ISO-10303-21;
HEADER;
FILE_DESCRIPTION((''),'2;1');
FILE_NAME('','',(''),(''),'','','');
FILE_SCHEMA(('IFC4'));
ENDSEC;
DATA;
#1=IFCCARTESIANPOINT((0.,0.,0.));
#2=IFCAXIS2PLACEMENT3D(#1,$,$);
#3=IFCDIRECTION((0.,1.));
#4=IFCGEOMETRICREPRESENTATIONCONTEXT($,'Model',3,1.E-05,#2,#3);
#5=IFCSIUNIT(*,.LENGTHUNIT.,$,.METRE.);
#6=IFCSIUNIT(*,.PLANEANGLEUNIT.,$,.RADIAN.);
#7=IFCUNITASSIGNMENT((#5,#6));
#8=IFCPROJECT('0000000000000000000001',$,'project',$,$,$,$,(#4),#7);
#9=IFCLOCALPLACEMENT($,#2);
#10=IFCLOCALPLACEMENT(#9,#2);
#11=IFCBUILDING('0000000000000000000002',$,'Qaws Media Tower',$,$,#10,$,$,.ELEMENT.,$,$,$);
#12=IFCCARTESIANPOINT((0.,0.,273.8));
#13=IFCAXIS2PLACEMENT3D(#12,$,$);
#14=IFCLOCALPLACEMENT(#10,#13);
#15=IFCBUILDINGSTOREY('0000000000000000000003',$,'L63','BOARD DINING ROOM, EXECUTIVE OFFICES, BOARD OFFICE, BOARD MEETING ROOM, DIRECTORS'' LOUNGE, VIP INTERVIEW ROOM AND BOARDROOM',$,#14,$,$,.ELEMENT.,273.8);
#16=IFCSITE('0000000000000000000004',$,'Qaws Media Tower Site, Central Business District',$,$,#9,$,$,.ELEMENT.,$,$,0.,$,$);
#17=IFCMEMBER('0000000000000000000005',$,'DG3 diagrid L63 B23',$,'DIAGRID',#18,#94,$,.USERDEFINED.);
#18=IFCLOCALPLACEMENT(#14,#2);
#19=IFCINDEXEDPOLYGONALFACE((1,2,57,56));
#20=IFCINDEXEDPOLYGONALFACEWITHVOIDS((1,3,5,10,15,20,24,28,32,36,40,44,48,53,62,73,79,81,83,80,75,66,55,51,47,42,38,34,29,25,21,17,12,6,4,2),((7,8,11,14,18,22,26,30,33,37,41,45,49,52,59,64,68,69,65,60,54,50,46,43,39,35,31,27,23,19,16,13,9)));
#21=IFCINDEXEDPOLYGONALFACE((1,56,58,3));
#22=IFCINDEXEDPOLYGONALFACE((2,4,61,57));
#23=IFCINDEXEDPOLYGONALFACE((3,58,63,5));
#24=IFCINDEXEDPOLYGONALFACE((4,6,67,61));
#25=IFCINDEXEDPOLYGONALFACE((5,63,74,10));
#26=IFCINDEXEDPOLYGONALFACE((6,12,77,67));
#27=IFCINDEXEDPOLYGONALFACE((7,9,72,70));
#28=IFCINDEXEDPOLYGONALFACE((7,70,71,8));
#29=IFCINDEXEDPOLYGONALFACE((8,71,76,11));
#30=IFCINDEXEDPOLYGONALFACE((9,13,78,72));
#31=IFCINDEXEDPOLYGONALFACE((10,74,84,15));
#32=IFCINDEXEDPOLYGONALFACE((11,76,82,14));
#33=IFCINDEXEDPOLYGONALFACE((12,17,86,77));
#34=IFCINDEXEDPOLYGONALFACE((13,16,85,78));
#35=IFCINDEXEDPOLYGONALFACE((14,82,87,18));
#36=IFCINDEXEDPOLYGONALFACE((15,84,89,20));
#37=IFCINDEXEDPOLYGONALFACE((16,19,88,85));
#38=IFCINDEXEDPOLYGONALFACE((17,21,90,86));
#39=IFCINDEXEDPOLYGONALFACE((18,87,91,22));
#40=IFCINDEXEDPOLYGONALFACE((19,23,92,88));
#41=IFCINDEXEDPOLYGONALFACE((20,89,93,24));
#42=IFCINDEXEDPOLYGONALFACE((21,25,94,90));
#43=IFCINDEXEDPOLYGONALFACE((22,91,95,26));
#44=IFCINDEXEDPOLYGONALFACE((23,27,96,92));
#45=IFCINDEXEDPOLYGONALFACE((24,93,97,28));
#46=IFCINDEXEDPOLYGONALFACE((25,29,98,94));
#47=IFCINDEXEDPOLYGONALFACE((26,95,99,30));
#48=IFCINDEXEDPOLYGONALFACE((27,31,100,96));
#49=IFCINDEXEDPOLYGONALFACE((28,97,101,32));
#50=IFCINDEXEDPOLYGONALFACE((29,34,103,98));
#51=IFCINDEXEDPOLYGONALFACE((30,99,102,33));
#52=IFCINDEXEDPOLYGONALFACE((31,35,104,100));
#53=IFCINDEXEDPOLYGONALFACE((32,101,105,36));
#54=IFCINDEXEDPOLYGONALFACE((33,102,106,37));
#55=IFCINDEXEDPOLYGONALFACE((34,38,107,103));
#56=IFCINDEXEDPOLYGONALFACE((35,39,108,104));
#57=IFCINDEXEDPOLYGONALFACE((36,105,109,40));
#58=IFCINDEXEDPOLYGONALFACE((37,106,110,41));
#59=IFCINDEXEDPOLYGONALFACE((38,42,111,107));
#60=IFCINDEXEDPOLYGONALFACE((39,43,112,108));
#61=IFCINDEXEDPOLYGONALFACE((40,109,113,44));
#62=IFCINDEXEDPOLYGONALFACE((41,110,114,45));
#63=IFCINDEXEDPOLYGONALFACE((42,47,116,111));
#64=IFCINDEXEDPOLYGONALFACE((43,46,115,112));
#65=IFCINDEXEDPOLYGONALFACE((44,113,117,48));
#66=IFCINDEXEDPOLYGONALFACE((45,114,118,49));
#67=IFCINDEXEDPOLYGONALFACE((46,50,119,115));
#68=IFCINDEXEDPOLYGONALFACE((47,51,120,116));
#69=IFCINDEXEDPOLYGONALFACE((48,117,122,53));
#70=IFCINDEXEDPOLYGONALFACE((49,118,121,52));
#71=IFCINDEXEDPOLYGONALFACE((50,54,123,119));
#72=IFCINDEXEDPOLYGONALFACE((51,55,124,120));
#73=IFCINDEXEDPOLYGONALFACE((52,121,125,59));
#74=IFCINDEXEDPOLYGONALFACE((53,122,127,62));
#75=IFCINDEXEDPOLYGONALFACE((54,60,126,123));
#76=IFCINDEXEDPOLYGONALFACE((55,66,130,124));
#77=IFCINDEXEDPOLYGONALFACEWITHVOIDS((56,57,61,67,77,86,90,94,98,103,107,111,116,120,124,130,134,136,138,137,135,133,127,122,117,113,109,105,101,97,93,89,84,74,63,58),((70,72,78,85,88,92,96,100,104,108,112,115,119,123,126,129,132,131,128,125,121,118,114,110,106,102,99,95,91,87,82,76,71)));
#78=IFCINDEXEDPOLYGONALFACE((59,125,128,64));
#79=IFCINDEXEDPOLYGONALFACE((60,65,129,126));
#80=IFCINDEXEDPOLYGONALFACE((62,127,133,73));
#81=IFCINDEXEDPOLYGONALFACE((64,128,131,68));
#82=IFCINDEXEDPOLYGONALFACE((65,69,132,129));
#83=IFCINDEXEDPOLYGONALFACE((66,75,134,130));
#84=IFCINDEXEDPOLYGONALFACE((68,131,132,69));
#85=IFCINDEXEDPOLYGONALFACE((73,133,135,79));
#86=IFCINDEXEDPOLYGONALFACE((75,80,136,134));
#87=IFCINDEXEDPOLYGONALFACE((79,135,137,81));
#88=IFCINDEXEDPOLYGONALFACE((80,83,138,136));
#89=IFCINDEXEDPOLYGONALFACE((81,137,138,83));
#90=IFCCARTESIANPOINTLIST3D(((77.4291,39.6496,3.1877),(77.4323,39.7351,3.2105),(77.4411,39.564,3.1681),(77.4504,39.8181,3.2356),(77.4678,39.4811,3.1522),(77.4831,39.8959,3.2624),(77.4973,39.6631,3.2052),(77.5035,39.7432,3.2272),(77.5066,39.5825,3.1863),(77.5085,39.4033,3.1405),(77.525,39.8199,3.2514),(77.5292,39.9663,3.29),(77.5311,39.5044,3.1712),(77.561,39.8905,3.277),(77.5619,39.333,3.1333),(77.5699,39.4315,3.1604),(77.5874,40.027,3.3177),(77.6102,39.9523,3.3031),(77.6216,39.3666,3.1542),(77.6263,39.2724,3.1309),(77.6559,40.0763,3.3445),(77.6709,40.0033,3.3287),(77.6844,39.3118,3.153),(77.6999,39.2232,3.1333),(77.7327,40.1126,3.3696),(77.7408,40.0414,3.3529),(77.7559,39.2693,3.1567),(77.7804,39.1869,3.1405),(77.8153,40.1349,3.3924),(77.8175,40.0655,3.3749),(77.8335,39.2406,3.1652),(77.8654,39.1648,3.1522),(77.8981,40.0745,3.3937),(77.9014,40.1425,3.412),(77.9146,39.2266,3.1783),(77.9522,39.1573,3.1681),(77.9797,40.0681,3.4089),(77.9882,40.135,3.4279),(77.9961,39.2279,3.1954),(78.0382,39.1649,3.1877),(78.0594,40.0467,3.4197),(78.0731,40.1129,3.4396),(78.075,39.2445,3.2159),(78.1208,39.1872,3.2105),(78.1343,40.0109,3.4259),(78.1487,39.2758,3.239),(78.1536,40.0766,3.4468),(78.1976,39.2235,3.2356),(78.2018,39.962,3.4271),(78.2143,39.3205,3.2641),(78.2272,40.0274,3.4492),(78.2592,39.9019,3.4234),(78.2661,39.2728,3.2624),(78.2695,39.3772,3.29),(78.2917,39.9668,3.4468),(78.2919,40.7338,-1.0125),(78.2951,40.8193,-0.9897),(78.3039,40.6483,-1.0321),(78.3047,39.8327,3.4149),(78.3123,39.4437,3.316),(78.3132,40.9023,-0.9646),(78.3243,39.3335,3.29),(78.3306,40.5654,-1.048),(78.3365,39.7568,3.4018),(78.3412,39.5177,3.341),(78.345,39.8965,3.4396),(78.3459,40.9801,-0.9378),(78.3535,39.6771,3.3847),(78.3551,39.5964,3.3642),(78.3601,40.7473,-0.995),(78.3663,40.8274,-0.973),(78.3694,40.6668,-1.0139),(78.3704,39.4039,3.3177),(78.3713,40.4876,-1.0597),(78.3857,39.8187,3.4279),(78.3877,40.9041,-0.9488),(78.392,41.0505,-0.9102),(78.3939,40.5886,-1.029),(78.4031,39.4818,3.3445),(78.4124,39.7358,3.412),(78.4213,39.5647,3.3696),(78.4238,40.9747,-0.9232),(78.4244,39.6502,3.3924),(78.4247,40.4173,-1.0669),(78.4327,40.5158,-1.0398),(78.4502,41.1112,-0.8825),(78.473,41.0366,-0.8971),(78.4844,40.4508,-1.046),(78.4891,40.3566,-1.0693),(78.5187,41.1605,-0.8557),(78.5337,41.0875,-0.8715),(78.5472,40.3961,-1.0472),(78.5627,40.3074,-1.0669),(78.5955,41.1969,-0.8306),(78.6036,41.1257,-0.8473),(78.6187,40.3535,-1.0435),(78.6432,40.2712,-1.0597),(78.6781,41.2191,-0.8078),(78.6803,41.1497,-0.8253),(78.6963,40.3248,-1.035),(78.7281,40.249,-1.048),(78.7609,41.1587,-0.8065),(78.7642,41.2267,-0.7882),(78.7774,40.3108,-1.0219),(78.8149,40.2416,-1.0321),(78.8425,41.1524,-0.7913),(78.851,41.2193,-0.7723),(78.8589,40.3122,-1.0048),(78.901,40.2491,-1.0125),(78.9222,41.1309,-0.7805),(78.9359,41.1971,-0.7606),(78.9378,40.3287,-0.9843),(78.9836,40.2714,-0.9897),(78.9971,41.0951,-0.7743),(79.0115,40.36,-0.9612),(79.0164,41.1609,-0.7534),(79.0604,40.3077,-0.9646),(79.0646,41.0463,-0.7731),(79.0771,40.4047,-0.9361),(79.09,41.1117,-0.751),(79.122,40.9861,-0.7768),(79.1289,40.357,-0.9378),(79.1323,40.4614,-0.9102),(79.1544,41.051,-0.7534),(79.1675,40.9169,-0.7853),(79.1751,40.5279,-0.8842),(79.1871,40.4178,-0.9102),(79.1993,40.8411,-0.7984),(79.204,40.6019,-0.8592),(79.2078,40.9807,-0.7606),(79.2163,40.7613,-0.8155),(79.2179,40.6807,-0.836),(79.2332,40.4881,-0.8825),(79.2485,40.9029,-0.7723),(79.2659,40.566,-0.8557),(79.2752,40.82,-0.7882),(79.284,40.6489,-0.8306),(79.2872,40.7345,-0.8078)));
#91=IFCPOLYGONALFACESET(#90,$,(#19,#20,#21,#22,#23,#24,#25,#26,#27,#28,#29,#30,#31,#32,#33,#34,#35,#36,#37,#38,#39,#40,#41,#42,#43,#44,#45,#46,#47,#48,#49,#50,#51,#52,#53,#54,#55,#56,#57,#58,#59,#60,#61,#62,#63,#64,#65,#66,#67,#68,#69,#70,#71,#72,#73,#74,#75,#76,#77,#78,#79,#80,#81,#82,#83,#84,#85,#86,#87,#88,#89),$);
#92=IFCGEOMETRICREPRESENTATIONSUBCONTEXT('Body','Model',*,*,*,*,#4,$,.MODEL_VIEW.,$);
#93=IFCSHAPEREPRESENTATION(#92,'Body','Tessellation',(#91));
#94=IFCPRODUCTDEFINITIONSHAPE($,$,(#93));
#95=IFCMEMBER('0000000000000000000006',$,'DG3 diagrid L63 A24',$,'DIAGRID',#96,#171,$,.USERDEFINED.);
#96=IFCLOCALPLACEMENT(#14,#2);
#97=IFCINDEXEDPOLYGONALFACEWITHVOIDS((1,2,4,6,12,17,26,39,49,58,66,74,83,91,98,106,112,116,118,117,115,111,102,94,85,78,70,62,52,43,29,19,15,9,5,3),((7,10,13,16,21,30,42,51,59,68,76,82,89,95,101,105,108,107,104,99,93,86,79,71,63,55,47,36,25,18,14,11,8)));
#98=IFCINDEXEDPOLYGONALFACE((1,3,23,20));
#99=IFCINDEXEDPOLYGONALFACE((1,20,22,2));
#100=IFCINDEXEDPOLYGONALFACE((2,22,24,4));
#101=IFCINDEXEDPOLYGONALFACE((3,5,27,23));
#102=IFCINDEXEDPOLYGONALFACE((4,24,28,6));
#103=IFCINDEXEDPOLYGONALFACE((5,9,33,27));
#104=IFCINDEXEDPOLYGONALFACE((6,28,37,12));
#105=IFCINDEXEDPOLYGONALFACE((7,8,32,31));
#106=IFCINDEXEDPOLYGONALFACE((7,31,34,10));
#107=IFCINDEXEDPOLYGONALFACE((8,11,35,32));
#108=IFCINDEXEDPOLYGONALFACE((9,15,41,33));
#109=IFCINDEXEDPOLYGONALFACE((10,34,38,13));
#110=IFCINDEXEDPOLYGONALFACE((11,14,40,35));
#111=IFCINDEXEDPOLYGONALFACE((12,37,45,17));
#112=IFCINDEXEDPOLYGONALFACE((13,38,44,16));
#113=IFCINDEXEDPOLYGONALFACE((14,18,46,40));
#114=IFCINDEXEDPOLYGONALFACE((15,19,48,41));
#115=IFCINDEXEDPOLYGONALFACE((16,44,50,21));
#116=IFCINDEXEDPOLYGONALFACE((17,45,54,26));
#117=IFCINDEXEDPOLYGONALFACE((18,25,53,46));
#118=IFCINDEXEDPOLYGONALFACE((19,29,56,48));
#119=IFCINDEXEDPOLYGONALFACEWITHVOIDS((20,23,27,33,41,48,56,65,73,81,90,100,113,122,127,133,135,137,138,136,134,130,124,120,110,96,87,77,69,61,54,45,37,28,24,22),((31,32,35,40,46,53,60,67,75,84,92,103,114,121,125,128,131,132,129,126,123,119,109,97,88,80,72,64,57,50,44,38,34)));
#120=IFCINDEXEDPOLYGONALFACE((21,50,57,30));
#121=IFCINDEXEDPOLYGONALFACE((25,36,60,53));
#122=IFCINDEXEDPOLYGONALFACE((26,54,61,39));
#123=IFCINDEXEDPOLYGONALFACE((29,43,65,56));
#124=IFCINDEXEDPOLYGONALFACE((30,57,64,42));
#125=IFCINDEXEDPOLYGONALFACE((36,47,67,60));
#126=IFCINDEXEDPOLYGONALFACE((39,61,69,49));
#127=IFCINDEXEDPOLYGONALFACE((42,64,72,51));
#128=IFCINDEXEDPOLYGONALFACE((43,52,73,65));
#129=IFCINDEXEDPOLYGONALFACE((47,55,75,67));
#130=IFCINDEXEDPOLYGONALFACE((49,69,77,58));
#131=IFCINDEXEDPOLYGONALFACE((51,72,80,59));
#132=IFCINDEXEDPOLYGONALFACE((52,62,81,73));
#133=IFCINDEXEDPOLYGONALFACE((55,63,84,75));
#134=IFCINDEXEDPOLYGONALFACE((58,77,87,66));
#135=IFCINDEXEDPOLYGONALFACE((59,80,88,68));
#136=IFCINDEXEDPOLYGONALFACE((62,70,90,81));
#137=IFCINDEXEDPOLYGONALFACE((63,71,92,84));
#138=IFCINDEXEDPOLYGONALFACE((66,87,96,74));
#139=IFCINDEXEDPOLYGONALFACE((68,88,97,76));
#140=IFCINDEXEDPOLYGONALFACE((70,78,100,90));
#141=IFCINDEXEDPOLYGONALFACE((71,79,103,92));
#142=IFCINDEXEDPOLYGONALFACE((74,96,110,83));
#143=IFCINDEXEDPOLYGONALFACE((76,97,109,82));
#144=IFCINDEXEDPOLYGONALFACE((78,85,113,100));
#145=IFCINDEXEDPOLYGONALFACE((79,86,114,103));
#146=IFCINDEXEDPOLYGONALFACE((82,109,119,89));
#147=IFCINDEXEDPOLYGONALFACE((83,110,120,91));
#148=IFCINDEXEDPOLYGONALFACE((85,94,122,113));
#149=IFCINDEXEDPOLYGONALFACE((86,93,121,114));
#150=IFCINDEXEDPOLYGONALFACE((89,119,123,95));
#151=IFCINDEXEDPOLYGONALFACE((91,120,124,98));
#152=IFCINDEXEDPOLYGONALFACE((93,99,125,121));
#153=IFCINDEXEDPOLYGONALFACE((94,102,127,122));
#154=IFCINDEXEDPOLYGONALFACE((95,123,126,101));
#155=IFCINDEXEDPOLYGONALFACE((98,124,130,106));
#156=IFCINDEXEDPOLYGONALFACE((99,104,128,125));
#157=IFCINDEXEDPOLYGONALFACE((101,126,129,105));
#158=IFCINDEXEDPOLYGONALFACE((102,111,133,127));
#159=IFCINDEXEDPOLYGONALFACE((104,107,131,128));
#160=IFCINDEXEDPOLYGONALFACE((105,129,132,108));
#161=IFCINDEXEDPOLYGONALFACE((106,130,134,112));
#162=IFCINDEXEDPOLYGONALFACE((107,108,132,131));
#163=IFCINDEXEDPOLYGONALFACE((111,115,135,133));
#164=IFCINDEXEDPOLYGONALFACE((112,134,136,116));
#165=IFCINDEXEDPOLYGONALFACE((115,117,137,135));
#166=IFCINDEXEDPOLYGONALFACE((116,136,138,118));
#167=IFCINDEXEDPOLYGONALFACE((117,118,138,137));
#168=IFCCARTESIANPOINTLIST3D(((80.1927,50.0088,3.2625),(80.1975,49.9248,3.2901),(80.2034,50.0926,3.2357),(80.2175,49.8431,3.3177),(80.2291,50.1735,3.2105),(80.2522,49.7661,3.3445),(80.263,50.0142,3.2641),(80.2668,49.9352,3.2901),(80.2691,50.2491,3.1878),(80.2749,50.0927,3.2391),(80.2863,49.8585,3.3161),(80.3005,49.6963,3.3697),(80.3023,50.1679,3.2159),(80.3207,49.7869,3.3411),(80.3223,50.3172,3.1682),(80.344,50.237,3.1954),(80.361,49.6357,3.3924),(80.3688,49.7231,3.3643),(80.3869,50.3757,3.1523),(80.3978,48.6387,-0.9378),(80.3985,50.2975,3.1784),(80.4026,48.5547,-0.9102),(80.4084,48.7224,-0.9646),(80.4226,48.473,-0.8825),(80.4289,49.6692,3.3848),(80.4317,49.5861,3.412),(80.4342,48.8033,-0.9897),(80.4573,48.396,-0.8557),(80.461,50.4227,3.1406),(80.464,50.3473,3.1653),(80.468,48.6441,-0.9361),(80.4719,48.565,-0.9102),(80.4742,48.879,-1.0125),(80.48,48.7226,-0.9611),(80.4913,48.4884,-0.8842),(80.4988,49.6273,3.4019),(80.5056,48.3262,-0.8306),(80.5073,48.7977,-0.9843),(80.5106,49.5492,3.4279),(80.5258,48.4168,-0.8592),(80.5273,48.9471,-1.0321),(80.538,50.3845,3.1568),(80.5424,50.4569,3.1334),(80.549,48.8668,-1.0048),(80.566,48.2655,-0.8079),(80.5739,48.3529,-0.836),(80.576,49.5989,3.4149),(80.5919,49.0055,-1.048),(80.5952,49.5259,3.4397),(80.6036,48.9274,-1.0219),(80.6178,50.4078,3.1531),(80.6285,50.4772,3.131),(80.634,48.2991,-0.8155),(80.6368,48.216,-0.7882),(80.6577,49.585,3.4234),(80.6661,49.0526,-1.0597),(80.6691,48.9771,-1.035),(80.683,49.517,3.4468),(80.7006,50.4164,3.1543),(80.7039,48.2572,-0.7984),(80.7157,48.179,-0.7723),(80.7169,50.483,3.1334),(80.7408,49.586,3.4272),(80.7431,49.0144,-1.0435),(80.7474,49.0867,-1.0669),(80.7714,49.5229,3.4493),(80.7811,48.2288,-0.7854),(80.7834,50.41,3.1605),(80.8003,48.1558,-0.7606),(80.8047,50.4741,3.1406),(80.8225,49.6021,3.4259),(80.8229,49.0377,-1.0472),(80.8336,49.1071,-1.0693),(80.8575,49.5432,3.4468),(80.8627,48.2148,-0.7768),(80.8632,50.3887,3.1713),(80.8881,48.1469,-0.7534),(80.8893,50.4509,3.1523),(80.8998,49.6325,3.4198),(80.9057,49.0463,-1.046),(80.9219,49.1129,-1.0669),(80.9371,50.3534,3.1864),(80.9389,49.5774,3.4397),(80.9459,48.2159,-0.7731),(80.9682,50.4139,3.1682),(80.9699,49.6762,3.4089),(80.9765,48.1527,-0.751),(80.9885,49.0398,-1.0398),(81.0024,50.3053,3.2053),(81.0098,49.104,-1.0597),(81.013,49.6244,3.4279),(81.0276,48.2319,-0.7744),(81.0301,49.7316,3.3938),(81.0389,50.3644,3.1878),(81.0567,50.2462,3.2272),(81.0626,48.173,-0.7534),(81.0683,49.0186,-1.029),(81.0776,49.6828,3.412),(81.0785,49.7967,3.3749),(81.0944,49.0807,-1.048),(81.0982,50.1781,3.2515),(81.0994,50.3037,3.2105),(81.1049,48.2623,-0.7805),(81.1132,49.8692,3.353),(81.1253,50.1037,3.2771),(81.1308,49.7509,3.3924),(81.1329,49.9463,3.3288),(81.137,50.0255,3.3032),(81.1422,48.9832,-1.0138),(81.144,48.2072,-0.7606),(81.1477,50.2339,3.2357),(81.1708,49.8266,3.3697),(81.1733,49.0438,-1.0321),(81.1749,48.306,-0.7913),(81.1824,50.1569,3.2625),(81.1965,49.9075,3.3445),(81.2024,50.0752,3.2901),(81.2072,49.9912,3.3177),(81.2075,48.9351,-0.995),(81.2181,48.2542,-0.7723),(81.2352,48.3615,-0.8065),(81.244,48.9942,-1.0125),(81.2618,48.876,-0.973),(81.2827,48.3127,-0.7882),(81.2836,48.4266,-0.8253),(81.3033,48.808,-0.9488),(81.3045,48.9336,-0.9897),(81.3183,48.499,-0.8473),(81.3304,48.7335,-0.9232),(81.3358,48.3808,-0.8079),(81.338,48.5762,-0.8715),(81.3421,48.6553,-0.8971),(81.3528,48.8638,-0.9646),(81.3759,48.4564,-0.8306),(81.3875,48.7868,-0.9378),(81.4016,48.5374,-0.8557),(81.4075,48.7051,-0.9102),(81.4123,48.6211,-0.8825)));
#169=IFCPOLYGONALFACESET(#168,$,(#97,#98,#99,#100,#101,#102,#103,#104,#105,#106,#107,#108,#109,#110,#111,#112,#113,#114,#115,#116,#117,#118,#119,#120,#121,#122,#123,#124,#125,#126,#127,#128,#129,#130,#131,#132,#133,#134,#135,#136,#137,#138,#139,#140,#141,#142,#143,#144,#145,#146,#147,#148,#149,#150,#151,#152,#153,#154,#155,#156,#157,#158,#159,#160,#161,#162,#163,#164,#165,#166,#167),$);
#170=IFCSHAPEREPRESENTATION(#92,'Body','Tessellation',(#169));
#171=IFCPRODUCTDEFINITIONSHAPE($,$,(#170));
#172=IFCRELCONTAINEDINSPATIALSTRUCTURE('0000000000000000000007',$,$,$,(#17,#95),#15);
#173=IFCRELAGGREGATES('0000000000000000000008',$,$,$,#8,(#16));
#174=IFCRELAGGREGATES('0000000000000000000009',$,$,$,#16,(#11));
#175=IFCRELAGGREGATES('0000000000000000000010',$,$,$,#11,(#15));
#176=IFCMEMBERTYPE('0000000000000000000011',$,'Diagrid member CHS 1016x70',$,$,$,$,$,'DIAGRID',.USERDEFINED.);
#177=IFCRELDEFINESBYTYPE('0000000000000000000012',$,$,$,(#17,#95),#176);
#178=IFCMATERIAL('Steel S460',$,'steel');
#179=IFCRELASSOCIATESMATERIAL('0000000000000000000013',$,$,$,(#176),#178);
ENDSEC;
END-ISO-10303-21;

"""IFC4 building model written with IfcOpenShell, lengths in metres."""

from ifc_helpers import new_model, si_unit, direction, frame, origin, origin_2d, place, context, subcontext, project, spatial, hollow_circle, extrude, material, material_profile, profile_set, type_object, element, save


model = new_model("IFC4")

# Units and contexts
model_context = context("Model", 3, precision=1e-05, world=origin(), true_north=direction((0.0, 1.0)))
body_context = subcontext(model_context, "Body", "Model", "MODEL_VIEW")
ifc_project = project(units=[si_unit("LENGTHUNIT", "METRE"), si_unit("PLANEANGLEUNIT", "RADIAN")], contexts=[model_context])

# Site, building, storey
site_placement = place(None, origin())
site = spatial("IfcSite", under=ifc_project, at=site_placement, Name="Qaws Media Tower Site, Central Business District", CompositionType="ELEMENT", RefElevation=0.0)
building_placement = place(site_placement, origin())
building = spatial("IfcBuilding", under=site, at=building_placement, Name="Qaws Media Tower", CompositionType="ELEMENT")
storey_placement = place(building_placement, frame((0.0, 0.0, 273.8)))
storey = spatial("IfcBuildingStorey", under=building, at=storey_placement, Name="L63", Description="BOARD DINING ROOM, EXECUTIVE OFFICES, BOARD OFFICE, BOARD MEETING ROOM, DIRECTORS' LOUNGE, VIP INTERVIEW ROOM AND BOARDROOM", CompositionType="ELEMENT", Elevation=273.8)

# Members
ifc_material_1 = material(Name="Steel S460", Category="steel")
ifc_material_profile_1 = material_profile(ifc_material_1, hollow_circle(Radius=0.5081, WallThickness=0.0701, at=origin_2d()), Name="CHS 1016x70")
ifc_profile_set_1 = profile_set([ifc_material_profile_1], Name="Steel S460")
member_type_1 = type_object("IfcMemberType", Name="Diagrid member CHS 1016x70", ElementType="DIAGRID", PredefinedType="USERDEFINED", material=ifc_profile_set_1)
for number, where, z_axis, x_axis, name in (
    (1, (78.7896, 40.7341, -0.9102), (-0.195076, -0.245142, 0.949658), (0.782482, -0.622673, 0.0), "DG3 diagrid L63 B23"),
    (2, (80.905, 48.6299, -0.9102), (-0.046369, 0.309787, 0.949675), (-0.988983, -0.14803, 0.0), "DG3 diagrid L63 A24"),
):
    element("IfcMember", number, at=place(storey_placement, frame(where, z_axis=z_axis, x_axis=x_axis)), inside=storey, type_object=member_type_1, Name=name, ObjectType="DIAGRID", PredefinedType="USERDEFINED", context=body_context, shape_type="SweptSolid", body=[
        extrude(hollow_circle(Radius=0.5081, WallThickness=0.0701, at=origin_2d()), origin(), (0.0, 0.0, 1.0), 4.4229),
    ])

save(model, "model.ifc")
